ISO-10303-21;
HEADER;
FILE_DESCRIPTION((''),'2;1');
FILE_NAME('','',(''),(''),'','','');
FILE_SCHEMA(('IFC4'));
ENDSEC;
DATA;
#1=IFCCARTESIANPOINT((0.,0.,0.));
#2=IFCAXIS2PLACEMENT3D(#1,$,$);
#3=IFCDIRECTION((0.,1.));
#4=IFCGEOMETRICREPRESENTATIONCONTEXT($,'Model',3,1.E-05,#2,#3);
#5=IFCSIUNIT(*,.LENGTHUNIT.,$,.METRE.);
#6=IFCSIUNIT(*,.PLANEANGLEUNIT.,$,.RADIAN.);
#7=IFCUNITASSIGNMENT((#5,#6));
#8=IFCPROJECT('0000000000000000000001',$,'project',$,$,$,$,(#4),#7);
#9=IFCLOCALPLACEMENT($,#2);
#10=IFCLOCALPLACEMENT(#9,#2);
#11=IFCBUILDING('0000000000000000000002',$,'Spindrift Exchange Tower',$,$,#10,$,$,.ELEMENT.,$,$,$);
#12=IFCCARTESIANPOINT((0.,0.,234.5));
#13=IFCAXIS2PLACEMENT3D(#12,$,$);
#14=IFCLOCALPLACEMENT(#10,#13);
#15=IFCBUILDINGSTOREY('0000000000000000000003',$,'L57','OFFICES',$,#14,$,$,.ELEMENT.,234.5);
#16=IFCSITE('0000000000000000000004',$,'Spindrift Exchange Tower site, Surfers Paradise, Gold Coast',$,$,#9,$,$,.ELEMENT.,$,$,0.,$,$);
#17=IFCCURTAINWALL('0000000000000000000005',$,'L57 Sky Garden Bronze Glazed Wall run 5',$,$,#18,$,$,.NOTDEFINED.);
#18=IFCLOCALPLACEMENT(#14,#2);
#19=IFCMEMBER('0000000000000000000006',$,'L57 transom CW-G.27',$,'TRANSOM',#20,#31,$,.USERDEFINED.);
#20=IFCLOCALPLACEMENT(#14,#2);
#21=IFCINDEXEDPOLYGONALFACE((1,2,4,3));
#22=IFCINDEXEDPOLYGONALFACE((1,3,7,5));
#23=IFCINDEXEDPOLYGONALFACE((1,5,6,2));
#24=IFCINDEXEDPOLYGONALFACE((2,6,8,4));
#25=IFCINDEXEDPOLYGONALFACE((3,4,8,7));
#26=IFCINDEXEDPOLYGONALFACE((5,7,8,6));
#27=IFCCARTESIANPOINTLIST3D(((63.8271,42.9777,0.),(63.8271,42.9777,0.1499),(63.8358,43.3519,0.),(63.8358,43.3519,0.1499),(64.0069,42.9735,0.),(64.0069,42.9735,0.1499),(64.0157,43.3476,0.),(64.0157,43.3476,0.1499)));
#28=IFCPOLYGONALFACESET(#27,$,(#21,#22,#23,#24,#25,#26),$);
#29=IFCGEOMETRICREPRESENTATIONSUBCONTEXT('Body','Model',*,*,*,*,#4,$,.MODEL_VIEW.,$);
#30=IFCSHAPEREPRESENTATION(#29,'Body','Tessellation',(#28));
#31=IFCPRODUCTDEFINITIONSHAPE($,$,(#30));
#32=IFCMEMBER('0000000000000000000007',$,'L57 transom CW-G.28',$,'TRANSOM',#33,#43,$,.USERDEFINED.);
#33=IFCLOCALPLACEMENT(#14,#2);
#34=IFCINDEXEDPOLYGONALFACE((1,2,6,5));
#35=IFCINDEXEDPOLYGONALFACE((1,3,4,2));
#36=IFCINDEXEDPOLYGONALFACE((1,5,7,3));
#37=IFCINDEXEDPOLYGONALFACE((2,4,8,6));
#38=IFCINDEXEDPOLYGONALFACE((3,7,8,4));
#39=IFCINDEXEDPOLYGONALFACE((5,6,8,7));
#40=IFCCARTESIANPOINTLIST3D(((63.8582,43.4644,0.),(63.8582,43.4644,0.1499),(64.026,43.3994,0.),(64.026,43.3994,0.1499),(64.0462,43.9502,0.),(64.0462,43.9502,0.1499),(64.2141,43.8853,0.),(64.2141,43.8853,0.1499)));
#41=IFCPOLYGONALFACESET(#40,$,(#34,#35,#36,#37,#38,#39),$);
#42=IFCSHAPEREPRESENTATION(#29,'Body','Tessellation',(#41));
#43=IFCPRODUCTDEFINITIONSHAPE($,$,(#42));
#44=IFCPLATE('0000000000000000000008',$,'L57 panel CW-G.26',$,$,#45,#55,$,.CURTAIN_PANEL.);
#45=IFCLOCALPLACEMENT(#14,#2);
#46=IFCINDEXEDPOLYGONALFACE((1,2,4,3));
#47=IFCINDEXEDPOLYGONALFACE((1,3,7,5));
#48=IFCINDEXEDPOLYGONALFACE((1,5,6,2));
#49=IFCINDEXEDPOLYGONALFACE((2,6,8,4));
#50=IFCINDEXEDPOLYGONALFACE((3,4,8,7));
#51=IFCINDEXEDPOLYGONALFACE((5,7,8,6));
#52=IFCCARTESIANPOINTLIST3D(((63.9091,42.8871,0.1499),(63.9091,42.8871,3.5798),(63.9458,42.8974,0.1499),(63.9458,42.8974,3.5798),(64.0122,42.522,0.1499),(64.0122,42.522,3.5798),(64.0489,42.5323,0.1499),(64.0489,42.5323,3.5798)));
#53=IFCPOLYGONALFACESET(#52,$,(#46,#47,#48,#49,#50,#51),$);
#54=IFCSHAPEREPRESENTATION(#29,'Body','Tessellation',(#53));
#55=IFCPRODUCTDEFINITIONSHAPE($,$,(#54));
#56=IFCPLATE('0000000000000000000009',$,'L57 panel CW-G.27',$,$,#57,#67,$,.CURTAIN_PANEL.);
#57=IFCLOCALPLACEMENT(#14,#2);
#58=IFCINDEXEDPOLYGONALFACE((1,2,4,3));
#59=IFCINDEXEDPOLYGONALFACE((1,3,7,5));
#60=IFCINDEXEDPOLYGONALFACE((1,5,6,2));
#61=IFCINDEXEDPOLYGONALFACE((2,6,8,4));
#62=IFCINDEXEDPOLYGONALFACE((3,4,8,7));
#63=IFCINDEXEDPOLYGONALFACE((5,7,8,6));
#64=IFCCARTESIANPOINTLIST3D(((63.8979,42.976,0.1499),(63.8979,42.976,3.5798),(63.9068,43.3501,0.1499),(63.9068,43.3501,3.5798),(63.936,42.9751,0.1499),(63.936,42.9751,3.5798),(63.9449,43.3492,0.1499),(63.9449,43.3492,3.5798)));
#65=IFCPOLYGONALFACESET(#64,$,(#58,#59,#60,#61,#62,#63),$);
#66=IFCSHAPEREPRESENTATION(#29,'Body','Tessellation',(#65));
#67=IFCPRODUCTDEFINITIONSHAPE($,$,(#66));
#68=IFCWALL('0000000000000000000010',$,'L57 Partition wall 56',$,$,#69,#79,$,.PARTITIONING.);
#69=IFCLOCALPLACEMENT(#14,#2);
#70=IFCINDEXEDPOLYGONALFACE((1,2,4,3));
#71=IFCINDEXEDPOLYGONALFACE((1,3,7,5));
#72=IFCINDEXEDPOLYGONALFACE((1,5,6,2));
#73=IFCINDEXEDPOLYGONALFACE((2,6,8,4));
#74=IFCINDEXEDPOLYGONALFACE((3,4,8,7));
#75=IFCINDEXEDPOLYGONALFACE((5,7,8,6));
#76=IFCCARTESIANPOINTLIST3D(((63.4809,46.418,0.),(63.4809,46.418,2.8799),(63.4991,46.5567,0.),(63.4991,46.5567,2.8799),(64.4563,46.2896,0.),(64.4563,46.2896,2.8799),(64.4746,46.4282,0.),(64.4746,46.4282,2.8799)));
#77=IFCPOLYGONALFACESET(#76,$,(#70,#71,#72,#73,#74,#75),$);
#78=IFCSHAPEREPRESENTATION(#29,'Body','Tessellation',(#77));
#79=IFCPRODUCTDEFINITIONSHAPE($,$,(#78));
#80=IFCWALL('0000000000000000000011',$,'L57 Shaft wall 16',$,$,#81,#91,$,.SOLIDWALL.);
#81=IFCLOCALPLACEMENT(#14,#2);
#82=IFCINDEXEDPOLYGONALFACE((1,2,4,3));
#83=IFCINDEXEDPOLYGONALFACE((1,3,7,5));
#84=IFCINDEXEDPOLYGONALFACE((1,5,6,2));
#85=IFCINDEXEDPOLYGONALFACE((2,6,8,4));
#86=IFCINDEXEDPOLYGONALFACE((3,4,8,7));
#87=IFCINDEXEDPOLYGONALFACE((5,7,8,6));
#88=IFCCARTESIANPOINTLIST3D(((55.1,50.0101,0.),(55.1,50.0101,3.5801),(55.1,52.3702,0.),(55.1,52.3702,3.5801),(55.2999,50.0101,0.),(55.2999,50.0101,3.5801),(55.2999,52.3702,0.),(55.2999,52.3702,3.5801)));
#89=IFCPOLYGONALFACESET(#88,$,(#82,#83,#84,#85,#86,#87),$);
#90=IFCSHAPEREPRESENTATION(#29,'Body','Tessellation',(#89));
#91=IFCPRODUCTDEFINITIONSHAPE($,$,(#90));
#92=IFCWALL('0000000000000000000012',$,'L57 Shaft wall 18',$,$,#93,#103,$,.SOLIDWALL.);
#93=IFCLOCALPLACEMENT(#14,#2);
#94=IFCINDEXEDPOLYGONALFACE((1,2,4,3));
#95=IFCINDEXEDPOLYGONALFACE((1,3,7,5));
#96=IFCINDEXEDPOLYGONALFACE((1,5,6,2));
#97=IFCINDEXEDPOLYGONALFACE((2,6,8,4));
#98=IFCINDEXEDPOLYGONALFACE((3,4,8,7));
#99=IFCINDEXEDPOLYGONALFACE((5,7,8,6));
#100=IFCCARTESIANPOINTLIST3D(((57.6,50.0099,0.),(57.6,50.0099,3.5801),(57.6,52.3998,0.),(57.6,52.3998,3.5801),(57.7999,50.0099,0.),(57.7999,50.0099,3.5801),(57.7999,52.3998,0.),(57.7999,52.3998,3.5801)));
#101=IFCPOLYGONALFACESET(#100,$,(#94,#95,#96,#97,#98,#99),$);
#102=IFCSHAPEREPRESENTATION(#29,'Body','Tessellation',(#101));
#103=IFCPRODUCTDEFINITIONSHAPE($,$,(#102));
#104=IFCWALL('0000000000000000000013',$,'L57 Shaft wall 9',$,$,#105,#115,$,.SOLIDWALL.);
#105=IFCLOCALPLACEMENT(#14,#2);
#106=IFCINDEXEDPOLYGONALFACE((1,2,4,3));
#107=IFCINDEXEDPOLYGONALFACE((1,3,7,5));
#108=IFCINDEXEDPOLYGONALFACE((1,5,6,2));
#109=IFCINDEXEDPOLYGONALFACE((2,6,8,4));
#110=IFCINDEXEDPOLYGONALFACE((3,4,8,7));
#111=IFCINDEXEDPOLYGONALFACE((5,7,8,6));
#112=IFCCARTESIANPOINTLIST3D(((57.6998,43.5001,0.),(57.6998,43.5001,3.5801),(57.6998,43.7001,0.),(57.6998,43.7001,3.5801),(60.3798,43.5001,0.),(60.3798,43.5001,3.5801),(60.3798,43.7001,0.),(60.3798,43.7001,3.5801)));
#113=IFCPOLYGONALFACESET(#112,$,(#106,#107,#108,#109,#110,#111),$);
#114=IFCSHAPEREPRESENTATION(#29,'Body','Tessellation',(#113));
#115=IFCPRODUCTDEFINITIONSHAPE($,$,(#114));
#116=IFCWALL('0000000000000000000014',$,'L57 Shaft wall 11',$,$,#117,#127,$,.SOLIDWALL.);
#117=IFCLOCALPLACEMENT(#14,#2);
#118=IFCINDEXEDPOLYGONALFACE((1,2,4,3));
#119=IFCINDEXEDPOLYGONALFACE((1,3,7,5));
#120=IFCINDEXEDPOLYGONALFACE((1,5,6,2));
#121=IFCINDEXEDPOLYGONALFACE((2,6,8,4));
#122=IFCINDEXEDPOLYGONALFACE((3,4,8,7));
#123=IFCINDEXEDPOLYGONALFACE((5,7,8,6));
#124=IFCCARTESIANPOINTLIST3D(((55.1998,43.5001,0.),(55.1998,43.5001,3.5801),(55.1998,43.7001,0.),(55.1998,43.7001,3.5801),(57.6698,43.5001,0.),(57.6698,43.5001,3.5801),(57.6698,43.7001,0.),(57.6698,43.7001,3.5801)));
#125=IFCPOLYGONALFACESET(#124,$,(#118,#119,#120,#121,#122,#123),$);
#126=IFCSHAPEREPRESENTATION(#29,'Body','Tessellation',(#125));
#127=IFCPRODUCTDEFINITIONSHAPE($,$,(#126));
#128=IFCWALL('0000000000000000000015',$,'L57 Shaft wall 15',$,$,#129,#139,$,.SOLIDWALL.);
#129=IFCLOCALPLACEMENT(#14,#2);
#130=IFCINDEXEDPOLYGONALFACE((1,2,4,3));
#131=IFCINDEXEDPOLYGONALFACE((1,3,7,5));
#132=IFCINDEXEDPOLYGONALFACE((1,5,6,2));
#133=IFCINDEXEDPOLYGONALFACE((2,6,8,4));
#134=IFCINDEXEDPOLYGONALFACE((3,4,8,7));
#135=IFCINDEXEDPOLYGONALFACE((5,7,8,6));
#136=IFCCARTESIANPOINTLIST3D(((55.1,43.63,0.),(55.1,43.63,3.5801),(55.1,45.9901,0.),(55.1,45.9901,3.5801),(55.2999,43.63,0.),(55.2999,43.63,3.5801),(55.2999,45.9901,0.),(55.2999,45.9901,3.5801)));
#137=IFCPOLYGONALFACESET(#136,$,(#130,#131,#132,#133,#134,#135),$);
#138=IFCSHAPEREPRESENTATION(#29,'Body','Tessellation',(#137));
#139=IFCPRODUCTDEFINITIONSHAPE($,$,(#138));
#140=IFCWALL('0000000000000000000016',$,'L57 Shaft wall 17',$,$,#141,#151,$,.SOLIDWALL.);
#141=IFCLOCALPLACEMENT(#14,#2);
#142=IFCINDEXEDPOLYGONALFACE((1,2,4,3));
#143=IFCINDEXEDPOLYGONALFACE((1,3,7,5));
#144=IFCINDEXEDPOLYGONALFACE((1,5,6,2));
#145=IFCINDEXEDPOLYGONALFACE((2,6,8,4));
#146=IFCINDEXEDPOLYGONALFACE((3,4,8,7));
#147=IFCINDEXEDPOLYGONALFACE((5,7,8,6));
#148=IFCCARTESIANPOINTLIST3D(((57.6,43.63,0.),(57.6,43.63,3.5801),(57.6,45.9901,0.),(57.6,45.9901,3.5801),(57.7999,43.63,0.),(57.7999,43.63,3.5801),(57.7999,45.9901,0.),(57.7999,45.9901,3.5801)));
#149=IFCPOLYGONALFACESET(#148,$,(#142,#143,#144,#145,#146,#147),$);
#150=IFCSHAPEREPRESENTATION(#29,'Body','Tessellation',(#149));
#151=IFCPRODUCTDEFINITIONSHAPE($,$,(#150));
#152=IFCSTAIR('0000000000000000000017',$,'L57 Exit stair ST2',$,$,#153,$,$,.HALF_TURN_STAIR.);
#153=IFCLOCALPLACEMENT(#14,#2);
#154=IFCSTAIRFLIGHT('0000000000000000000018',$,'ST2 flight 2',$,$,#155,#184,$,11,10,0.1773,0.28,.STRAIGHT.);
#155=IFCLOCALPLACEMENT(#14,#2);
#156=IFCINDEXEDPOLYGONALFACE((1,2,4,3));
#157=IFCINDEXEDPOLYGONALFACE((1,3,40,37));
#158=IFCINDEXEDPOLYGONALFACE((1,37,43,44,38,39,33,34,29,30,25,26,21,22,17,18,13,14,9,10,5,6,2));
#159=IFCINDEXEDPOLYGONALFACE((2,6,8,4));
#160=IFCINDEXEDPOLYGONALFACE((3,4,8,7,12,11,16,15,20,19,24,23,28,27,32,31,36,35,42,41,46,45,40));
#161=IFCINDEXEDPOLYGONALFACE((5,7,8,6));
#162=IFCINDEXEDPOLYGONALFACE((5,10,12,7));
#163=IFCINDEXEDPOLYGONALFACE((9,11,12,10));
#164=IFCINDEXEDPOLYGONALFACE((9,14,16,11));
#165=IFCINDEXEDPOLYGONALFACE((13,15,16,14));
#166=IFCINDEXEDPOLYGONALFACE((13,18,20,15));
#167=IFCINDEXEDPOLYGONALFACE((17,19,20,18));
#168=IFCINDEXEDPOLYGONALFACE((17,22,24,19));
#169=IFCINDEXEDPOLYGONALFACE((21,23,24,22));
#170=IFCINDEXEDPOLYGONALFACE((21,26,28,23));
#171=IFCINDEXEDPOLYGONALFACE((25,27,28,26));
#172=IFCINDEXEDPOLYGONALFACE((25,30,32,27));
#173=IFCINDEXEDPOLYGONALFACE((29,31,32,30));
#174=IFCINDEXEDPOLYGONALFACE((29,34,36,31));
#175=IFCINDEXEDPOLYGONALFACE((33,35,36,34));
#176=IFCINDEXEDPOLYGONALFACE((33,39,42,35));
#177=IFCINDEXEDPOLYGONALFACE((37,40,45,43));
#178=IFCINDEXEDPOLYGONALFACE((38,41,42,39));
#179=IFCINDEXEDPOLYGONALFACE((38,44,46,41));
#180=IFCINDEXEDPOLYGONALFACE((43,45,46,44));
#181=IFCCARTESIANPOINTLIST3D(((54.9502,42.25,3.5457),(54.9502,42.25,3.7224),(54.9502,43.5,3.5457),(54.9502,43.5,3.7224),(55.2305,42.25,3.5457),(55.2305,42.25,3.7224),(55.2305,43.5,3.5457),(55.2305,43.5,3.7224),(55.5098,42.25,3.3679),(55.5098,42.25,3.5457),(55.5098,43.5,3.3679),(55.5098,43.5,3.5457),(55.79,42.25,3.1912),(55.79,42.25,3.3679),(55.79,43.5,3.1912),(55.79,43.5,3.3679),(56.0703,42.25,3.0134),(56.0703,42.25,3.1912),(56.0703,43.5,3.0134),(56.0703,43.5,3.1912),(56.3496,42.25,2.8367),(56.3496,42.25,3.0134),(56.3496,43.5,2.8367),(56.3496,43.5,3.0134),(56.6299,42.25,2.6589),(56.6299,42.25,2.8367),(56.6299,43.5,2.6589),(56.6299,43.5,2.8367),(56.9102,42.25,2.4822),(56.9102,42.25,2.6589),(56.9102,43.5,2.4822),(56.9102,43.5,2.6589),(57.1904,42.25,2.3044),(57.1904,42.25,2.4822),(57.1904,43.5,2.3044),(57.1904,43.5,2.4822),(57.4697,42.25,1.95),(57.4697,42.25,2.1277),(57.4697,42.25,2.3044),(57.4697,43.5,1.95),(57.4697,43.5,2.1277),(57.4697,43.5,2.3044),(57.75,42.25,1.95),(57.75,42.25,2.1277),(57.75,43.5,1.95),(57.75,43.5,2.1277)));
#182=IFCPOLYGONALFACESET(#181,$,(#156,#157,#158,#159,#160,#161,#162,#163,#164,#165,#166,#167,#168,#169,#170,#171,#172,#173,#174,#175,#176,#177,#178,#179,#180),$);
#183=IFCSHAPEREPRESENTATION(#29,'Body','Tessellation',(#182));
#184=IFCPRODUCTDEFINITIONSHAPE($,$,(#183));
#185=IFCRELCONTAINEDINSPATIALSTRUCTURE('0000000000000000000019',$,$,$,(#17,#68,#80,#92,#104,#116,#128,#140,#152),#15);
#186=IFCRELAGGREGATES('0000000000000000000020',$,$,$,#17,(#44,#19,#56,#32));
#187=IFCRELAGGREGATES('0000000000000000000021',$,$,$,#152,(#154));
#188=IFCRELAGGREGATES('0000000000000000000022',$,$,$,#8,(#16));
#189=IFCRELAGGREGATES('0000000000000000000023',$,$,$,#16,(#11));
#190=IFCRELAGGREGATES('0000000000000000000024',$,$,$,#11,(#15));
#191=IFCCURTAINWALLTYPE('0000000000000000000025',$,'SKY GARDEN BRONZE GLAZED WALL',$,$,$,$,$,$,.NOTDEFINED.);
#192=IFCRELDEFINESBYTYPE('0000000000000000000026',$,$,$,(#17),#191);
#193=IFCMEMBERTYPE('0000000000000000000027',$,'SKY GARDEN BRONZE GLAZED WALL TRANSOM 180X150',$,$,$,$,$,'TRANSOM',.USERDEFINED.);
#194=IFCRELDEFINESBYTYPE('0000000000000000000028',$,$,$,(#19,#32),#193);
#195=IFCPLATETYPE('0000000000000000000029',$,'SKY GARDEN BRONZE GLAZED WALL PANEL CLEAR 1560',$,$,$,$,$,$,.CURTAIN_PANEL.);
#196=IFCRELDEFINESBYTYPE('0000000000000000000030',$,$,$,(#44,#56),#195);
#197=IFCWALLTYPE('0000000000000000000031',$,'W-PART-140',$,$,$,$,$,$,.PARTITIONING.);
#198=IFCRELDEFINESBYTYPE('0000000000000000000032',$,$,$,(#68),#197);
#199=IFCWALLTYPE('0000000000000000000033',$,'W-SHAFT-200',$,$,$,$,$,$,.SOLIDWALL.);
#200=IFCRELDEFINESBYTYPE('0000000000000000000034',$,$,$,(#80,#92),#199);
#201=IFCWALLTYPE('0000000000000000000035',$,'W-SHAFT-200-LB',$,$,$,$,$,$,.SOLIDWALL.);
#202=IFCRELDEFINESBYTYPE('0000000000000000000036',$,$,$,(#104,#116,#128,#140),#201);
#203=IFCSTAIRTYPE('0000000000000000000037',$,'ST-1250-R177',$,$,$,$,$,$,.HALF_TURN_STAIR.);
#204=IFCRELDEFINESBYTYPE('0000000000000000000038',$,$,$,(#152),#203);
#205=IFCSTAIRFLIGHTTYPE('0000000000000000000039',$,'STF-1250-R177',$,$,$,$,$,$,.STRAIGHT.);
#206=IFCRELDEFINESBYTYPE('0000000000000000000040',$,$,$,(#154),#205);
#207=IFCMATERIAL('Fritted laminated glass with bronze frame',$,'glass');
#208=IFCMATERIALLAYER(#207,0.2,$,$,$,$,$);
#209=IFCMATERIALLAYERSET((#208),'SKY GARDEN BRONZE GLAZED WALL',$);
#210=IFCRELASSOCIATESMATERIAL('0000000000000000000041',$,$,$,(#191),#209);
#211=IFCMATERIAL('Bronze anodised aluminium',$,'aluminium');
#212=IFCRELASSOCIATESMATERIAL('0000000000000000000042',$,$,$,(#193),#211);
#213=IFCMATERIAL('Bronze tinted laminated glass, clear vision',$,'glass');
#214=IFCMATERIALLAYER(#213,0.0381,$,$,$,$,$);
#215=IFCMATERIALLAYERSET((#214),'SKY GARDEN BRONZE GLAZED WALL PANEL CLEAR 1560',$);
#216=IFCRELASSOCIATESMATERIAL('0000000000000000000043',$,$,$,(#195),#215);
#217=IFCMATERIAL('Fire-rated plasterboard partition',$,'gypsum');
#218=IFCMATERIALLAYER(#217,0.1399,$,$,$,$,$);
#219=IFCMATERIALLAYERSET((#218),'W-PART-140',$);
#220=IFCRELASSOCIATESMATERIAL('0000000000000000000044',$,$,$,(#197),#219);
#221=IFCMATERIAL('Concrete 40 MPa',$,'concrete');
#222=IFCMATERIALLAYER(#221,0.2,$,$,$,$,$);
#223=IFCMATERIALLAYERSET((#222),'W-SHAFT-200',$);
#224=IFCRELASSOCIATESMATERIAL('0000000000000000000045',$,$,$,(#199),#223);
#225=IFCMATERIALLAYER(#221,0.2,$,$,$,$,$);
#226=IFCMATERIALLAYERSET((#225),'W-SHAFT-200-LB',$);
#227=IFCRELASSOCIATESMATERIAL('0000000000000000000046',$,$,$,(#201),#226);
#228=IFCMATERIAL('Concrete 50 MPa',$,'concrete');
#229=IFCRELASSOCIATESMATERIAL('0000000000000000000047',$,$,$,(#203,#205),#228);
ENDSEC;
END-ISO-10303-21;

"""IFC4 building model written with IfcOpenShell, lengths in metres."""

from ifc_helpers import new_model, si_unit, direction, frame, frame_2d, origin, origin_2d, place, context, subcontext, project, spatial, line, indexed_curve, rectangle, outline, extrude, source, transform, mapped, material, layer, layer_set, material_profile, profile_set, type_object, element, aggregate, save


model = new_model("IFC4")

# Units and contexts
model_context = context("Model", 3, precision=1e-05, world=origin(), true_north=direction((0.0, 1.0)))
body_context = subcontext(model_context, "Body", "Model", "MODEL_VIEW")
ifc_project = project(units=[si_unit("LENGTHUNIT", "METRE"), si_unit("PLANEANGLEUNIT", "RADIAN")], contexts=[model_context])

# Site, building, storey
site_placement = place(None, origin())
site = spatial("IfcSite", under=ifc_project, at=site_placement, Name="Spindrift Exchange Tower site, Surfers Paradise, Gold Coast", CompositionType="ELEMENT", RefElevation=0.0)
building_placement = place(site_placement, origin())
building = spatial("IfcBuilding", under=site, at=building_placement, Name="Spindrift Exchange Tower", CompositionType="ELEMENT")
storey_placement = place(building_placement, frame((0.0, 0.0, 234.5)))
storey = spatial("IfcBuildingStorey", under=building, at=storey_placement, Name="L57", Description="OFFICES", CompositionType="ELEMENT", Elevation=234.5)

# Curtain wall, members, plates
ifc_material_1 = material(Name="Fritted laminated glass with bronze frame", Category="glass")
ifc_layer_1 = layer(ifc_material_1, 0.2)
ifc_layer_set_1 = layer_set([ifc_layer_1], Name="SKY GARDEN BRONZE GLAZED WALL")
curtain_wall_type = type_object("IfcCurtainWallType", Name="SKY GARDEN BRONZE GLAZED WALL", PredefinedType="NOTDEFINED", material=ifc_layer_set_1)
curtain_wall_placement = place(storey_placement, origin())
curtain_wall = element("IfcCurtainWall", 1, at=curtain_wall_placement, inside=storey, type_object=curtain_wall_type, Name="L57 Sky Garden Bronze Glazed Wall run 5", PredefinedType="NOTDEFINED")
ifc_material_2 = material(Name="Bronze anodised aluminium", Category="aluminium")
ifc_material_profile_1 = material_profile(ifc_material_2, rectangle(XDim=0.1799, YDim=0.1499, at=origin_2d()), Name="SKY GARDEN BRONZE GLAZED WALL TRANSOM 180X150")
ifc_profile_set_1 = profile_set([ifc_material_profile_1], Name="Bronze anodised aluminium")
member_type_1 = type_object("IfcMemberType", Name="SKY GARDEN BRONZE GLAZED WALL TRANSOM 180X150", ElementType="TRANSOM", PredefinedType="USERDEFINED", material=ifc_profile_set_1)
shared_shape_1 = source(origin(), body_context, "Body", "SweptSolid", [
    extrude(rectangle(XDim=0.1799, YDim=0.1499, at=origin_2d()), origin(), (0.0, 0.0, 1.0), 0.3743),
])
member_1_placement = place(storey_placement, frame((63.917, 42.9756, 0.075), z_axis=(0.023477, 0.999724, 0.0), x_axis=(-0.999724, 0.023477, 0.0)))
member_1 = element("IfcMember", 2, at=member_1_placement, type_object=member_type_1, Name="L57 transom CW-G.27", ObjectType="TRANSOM", PredefinedType="USERDEFINED", context=body_context, shape_type="MappedRepresentation", body=[
    mapped(shared_shape_1, transform((0.0, 0.0, 0.0), scale=1.0)),
])
shared_shape_2 = source(origin(), body_context, "Body", "SweptSolid", [
    extrude(rectangle(XDim=0.1799, YDim=0.1499, at=origin_2d()), origin(), (0.0, 0.0, 1.0), 0.521),
])
member_2_placement = place(storey_placement, frame((63.9421, 43.4319, 0.075), z_axis=(0.360863, 0.932619, 0.0), x_axis=(-0.932619, 0.360863, 0.0)))
member_2 = element("IfcMember", 3, at=member_2_placement, type_object=member_type_1, Name="L57 transom CW-G.28", ObjectType="TRANSOM", PredefinedType="USERDEFINED", context=body_context, shape_type="MappedRepresentation", body=[
    mapped(shared_shape_2, transform((0.0, 0.0, 0.0), scale=1.0)),
])
ifc_material_3 = material(Name="Bronze tinted laminated glass, clear vision", Category="glass")
ifc_layer_2 = layer(ifc_material_3, 0.0381)
ifc_layer_set_2 = layer_set([ifc_layer_2], Name="SKY GARDEN BRONZE GLAZED WALL PANEL CLEAR 1560")
plate_type = type_object("IfcPlateType", Name="SKY GARDEN BRONZE GLAZED WALL PANEL CLEAR 1560", PredefinedType="CURTAIN_PANEL", material=ifc_layer_set_2)
shared_shape_3 = source(origin(), body_context, "Body", "SweptSolid", [
    extrude(rectangle(XDim=0.3794, YDim=0.0381, at=origin_2d()), origin(), (0.0, 0.0, 1.0), 3.4299),
])
plate_1_placement = place(storey_placement, frame((63.979, 42.7097, 0.1499), z_axis=(0.0, 0.0, 1.0), x_axis=(-0.271818, 0.962349, 0.0)))
plate_1 = element("IfcPlate", 4, at=plate_1_placement, type_object=plate_type, Name="L57 panel CW-G.26", PredefinedType="CURTAIN_PANEL", context=body_context, shape_type="MappedRepresentation", body=[
    mapped(shared_shape_3, transform((0.0, 0.0, 0.0), scale=1.0)),
])
shared_shape_4 = source(origin(), body_context, "Body", "SweptSolid", [
    extrude(rectangle(XDim=0.3743, YDim=0.0381, at=origin_2d()), origin(), (0.0, 0.0, 1.0), 3.4299),
])
plate_2_placement = place(storey_placement, frame((63.9214, 43.1626, 0.1499), z_axis=(0.0, 0.0, 1.0), x_axis=(0.023731, 0.999718, 0.0)))
plate_2 = element("IfcPlate", 5, at=plate_2_placement, type_object=plate_type, Name="L57 panel CW-G.27", PredefinedType="CURTAIN_PANEL", context=body_context, shape_type="MappedRepresentation", body=[
    mapped(shared_shape_4, transform((0.0, 0.0, 0.0), scale=1.0)),
])
aggregate(curtain_wall, [plate_1, member_1, plate_2, member_2])

# Walls
ifc_material_4 = material(Name="Fire-rated plasterboard partition", Category="gypsum")
ifc_layer_3 = layer(ifc_material_4, 0.1399)
ifc_layer_set_3 = layer_set([ifc_layer_3], Name="W-PART-140")
wall_type_1 = type_object("IfcWallType", Name="W-PART-140", PredefinedType="PARTITIONING", material=ifc_layer_set_3)
wall_1_placement = place(storey_placement, frame((63.49, 46.4873, 0.0), z_axis=(0.0, 0.0, 1.0), x_axis=(0.991448, -0.130506, 0.0)))
element("IfcWall", 6, at=wall_1_placement, inside=storey, type_object=wall_type_1, Name="L57 Partition wall 56", PredefinedType="PARTITIONING", context=body_context, shape_type="SweptSolid", body=[
    extrude(rectangle(XDim=0.9839, YDim=0.1399, at=frame_2d((0.4919, 0.0))), origin(), (0.0, 0.0, 1.0), 2.8799),
])
ifc_material_5 = material(Name="Concrete 40 MPa", Category="concrete")
ifc_layer_4 = layer(ifc_material_5, 0.2)
ifc_layer_set_4 = layer_set([ifc_layer_4], Name="W-SHAFT-200")
wall_type_2 = type_object("IfcWallType", Name="W-SHAFT-200", PredefinedType="SOLIDWALL", material=ifc_layer_set_4)
wall_2_placement = place(storey_placement, frame((55.2, 50.01, 0.0), z_axis=(0.0, 0.0, 1.0), x_axis=(0.0, 1.0, 0.0)))
element("IfcWall", 7, at=wall_2_placement, inside=storey, type_object=wall_type_2, Name="L57 Shaft wall 16", PredefinedType="SOLIDWALL", context=body_context, shape_type="SweptSolid", body=[
    extrude(rectangle(XDim=2.3601, YDim=0.2, at=frame_2d((1.1802, 0.0))), origin(), (0.0, 0.0, 1.0), 3.5801),
])
wall_3_placement = place(storey_placement, frame((57.7, 50.01, 0.0), z_axis=(0.0, 0.0, 1.0), x_axis=(0.0, 1.0, 0.0)))
element("IfcWall", 8, at=wall_3_placement, inside=storey, type_object=wall_type_2, Name="L57 Shaft wall 18", PredefinedType="SOLIDWALL", context=body_context, shape_type="SweptSolid", body=[
    extrude(rectangle(XDim=2.3899, YDim=0.2, at=frame_2d((1.1948, 0.0))), origin(), (0.0, 0.0, 1.0), 3.5801),
])
ifc_layer_5 = layer(ifc_material_5, 0.2)
ifc_layer_set_5 = layer_set([ifc_layer_5], Name="W-SHAFT-200-LB")
wall_type_3 = type_object("IfcWallType", Name="W-SHAFT-200-LB", PredefinedType="SOLIDWALL", material=ifc_layer_set_5)
wall_4_placement = place(storey_placement, frame((57.7, 43.6001, 0.0), z_axis=(0.0, 0.0, 1.0), x_axis=(1.0, 0.0, 0.0)))
element("IfcWall", 9, at=wall_4_placement, inside=storey, type_object=wall_type_3, Name="L57 Shaft wall 9", PredefinedType="SOLIDWALL", context=body_context, shape_type="SweptSolid", body=[
    extrude(rectangle(XDim=2.6799, YDim=0.2, at=frame_2d((1.3398, 0.0))), origin(), (0.0, 0.0, 1.0), 3.5801),
])
wall_5_placement = place(storey_placement, frame((55.2, 43.6001, 0.0), z_axis=(0.0, 0.0, 1.0), x_axis=(1.0, 0.0, 0.0)))
element("IfcWall", 10, at=wall_5_placement, inside=storey, type_object=wall_type_3, Name="L57 Shaft wall 11", PredefinedType="SOLIDWALL", context=body_context, shape_type="SweptSolid", body=[
    extrude(rectangle(XDim=2.47, YDim=0.2, at=frame_2d((1.2349, 0.0))), origin(), (0.0, 0.0, 1.0), 3.5801),
])
for number, where, z_axis, x_axis, name in (
    (11, (55.2, 43.6299, 0.0), (0.0, 0.0, 1.0), (0.0, 1.0, 0.0), "L57 Shaft wall 15"),
    (12, (57.7, 43.6299, 0.0), (0.0, 0.0, 1.0), (0.0, 1.0, 0.0), "L57 Shaft wall 17"),
):
    element("IfcWall", number, at=place(storey_placement, frame(where, z_axis=z_axis, x_axis=x_axis)), inside=storey, type_object=wall_type_3, Name=name, PredefinedType="SOLIDWALL", context=body_context, shape_type="SweptSolid", body=[
        extrude(rectangle(XDim=2.3601, YDim=0.2, at=frame_2d((1.1802, 0.0))), origin(), (0.0, 0.0, 1.0), 3.5801),
    ])

# Stair, stair flight
ifc_material_6 = material(Name="Concrete 50 MPa", Category="concrete")
stair_type = type_object("IfcStairType", Name="ST-1250-R177", PredefinedType="HALF_TURN_STAIR", material=ifc_material_6)
stair_placement = place(storey_placement, origin())
stair = element("IfcStair", 13, at=stair_placement, inside=storey, type_object=stair_type, Name="L57 Exit stair ST2", PredefinedType="HALF_TURN_STAIR")
stair_flight_type = type_object("IfcStairFlightType", Name="STF-1250-R177", PredefinedType="STRAIGHT", material=ifc_material_6)
stair_flight_placement = place(storey_placement, frame((57.75, 42.875, 1.95), z_axis=(0.0, 0.0, 1.0), x_axis=(-1.0, 0.0, 0.0)))
stair_flight = element("IfcStairFlight", 14, at=stair_flight_placement, type_object=stair_flight_type, Name="ST2 flight 2", NumberOfRisers=11, NumberOfTreads=10, PredefinedType="STRAIGHT", RiserHeight=0.1773, TreadLength=0.28, context=body_context, shape_type="SweptSolid", body=[
    extrude(outline(indexed_curve([(0.0, 0.0), (0.0, 0.1777), (0.2803, 0.1777), (0.2803, 0.3545), (0.5596, 0.3545), (0.5596, 0.5322), (0.8398, 0.5322), (0.8398, 0.709), (1.1201, 0.709), (1.1201, 0.8867), (1.4004, 0.8867), (1.4004, 1.0635), (1.6797, 1.0635), (1.6797, 1.2412), (1.96, 1.2412), (1.96, 1.418), (2.2402, 1.418), (2.2402, 1.5957), (2.5195, 1.5957), (2.5195, 1.7725), (2.7998, 1.7725), (2.7998, 1.9502), (2.7998, 1.5957), (0.2803, 0.0)], segments=[line(1, 2, 3, 4, 5, 6, 7, 8, 9, 10, 11, 12, 13, 14, 15, 16, 17, 18, 19, 20, 21, 22, 23, 24, 1)], self_intersect=False)), frame((0.0, 0.625, 0.0), z_axis=(0.0, -1.0, 0.0), x_axis=(1.0, 0.0, 0.0)), (0.0, 0.0, 1.0), 1.25),
])
aggregate(stair, [stair_flight])

save(model, "model.ifc")
